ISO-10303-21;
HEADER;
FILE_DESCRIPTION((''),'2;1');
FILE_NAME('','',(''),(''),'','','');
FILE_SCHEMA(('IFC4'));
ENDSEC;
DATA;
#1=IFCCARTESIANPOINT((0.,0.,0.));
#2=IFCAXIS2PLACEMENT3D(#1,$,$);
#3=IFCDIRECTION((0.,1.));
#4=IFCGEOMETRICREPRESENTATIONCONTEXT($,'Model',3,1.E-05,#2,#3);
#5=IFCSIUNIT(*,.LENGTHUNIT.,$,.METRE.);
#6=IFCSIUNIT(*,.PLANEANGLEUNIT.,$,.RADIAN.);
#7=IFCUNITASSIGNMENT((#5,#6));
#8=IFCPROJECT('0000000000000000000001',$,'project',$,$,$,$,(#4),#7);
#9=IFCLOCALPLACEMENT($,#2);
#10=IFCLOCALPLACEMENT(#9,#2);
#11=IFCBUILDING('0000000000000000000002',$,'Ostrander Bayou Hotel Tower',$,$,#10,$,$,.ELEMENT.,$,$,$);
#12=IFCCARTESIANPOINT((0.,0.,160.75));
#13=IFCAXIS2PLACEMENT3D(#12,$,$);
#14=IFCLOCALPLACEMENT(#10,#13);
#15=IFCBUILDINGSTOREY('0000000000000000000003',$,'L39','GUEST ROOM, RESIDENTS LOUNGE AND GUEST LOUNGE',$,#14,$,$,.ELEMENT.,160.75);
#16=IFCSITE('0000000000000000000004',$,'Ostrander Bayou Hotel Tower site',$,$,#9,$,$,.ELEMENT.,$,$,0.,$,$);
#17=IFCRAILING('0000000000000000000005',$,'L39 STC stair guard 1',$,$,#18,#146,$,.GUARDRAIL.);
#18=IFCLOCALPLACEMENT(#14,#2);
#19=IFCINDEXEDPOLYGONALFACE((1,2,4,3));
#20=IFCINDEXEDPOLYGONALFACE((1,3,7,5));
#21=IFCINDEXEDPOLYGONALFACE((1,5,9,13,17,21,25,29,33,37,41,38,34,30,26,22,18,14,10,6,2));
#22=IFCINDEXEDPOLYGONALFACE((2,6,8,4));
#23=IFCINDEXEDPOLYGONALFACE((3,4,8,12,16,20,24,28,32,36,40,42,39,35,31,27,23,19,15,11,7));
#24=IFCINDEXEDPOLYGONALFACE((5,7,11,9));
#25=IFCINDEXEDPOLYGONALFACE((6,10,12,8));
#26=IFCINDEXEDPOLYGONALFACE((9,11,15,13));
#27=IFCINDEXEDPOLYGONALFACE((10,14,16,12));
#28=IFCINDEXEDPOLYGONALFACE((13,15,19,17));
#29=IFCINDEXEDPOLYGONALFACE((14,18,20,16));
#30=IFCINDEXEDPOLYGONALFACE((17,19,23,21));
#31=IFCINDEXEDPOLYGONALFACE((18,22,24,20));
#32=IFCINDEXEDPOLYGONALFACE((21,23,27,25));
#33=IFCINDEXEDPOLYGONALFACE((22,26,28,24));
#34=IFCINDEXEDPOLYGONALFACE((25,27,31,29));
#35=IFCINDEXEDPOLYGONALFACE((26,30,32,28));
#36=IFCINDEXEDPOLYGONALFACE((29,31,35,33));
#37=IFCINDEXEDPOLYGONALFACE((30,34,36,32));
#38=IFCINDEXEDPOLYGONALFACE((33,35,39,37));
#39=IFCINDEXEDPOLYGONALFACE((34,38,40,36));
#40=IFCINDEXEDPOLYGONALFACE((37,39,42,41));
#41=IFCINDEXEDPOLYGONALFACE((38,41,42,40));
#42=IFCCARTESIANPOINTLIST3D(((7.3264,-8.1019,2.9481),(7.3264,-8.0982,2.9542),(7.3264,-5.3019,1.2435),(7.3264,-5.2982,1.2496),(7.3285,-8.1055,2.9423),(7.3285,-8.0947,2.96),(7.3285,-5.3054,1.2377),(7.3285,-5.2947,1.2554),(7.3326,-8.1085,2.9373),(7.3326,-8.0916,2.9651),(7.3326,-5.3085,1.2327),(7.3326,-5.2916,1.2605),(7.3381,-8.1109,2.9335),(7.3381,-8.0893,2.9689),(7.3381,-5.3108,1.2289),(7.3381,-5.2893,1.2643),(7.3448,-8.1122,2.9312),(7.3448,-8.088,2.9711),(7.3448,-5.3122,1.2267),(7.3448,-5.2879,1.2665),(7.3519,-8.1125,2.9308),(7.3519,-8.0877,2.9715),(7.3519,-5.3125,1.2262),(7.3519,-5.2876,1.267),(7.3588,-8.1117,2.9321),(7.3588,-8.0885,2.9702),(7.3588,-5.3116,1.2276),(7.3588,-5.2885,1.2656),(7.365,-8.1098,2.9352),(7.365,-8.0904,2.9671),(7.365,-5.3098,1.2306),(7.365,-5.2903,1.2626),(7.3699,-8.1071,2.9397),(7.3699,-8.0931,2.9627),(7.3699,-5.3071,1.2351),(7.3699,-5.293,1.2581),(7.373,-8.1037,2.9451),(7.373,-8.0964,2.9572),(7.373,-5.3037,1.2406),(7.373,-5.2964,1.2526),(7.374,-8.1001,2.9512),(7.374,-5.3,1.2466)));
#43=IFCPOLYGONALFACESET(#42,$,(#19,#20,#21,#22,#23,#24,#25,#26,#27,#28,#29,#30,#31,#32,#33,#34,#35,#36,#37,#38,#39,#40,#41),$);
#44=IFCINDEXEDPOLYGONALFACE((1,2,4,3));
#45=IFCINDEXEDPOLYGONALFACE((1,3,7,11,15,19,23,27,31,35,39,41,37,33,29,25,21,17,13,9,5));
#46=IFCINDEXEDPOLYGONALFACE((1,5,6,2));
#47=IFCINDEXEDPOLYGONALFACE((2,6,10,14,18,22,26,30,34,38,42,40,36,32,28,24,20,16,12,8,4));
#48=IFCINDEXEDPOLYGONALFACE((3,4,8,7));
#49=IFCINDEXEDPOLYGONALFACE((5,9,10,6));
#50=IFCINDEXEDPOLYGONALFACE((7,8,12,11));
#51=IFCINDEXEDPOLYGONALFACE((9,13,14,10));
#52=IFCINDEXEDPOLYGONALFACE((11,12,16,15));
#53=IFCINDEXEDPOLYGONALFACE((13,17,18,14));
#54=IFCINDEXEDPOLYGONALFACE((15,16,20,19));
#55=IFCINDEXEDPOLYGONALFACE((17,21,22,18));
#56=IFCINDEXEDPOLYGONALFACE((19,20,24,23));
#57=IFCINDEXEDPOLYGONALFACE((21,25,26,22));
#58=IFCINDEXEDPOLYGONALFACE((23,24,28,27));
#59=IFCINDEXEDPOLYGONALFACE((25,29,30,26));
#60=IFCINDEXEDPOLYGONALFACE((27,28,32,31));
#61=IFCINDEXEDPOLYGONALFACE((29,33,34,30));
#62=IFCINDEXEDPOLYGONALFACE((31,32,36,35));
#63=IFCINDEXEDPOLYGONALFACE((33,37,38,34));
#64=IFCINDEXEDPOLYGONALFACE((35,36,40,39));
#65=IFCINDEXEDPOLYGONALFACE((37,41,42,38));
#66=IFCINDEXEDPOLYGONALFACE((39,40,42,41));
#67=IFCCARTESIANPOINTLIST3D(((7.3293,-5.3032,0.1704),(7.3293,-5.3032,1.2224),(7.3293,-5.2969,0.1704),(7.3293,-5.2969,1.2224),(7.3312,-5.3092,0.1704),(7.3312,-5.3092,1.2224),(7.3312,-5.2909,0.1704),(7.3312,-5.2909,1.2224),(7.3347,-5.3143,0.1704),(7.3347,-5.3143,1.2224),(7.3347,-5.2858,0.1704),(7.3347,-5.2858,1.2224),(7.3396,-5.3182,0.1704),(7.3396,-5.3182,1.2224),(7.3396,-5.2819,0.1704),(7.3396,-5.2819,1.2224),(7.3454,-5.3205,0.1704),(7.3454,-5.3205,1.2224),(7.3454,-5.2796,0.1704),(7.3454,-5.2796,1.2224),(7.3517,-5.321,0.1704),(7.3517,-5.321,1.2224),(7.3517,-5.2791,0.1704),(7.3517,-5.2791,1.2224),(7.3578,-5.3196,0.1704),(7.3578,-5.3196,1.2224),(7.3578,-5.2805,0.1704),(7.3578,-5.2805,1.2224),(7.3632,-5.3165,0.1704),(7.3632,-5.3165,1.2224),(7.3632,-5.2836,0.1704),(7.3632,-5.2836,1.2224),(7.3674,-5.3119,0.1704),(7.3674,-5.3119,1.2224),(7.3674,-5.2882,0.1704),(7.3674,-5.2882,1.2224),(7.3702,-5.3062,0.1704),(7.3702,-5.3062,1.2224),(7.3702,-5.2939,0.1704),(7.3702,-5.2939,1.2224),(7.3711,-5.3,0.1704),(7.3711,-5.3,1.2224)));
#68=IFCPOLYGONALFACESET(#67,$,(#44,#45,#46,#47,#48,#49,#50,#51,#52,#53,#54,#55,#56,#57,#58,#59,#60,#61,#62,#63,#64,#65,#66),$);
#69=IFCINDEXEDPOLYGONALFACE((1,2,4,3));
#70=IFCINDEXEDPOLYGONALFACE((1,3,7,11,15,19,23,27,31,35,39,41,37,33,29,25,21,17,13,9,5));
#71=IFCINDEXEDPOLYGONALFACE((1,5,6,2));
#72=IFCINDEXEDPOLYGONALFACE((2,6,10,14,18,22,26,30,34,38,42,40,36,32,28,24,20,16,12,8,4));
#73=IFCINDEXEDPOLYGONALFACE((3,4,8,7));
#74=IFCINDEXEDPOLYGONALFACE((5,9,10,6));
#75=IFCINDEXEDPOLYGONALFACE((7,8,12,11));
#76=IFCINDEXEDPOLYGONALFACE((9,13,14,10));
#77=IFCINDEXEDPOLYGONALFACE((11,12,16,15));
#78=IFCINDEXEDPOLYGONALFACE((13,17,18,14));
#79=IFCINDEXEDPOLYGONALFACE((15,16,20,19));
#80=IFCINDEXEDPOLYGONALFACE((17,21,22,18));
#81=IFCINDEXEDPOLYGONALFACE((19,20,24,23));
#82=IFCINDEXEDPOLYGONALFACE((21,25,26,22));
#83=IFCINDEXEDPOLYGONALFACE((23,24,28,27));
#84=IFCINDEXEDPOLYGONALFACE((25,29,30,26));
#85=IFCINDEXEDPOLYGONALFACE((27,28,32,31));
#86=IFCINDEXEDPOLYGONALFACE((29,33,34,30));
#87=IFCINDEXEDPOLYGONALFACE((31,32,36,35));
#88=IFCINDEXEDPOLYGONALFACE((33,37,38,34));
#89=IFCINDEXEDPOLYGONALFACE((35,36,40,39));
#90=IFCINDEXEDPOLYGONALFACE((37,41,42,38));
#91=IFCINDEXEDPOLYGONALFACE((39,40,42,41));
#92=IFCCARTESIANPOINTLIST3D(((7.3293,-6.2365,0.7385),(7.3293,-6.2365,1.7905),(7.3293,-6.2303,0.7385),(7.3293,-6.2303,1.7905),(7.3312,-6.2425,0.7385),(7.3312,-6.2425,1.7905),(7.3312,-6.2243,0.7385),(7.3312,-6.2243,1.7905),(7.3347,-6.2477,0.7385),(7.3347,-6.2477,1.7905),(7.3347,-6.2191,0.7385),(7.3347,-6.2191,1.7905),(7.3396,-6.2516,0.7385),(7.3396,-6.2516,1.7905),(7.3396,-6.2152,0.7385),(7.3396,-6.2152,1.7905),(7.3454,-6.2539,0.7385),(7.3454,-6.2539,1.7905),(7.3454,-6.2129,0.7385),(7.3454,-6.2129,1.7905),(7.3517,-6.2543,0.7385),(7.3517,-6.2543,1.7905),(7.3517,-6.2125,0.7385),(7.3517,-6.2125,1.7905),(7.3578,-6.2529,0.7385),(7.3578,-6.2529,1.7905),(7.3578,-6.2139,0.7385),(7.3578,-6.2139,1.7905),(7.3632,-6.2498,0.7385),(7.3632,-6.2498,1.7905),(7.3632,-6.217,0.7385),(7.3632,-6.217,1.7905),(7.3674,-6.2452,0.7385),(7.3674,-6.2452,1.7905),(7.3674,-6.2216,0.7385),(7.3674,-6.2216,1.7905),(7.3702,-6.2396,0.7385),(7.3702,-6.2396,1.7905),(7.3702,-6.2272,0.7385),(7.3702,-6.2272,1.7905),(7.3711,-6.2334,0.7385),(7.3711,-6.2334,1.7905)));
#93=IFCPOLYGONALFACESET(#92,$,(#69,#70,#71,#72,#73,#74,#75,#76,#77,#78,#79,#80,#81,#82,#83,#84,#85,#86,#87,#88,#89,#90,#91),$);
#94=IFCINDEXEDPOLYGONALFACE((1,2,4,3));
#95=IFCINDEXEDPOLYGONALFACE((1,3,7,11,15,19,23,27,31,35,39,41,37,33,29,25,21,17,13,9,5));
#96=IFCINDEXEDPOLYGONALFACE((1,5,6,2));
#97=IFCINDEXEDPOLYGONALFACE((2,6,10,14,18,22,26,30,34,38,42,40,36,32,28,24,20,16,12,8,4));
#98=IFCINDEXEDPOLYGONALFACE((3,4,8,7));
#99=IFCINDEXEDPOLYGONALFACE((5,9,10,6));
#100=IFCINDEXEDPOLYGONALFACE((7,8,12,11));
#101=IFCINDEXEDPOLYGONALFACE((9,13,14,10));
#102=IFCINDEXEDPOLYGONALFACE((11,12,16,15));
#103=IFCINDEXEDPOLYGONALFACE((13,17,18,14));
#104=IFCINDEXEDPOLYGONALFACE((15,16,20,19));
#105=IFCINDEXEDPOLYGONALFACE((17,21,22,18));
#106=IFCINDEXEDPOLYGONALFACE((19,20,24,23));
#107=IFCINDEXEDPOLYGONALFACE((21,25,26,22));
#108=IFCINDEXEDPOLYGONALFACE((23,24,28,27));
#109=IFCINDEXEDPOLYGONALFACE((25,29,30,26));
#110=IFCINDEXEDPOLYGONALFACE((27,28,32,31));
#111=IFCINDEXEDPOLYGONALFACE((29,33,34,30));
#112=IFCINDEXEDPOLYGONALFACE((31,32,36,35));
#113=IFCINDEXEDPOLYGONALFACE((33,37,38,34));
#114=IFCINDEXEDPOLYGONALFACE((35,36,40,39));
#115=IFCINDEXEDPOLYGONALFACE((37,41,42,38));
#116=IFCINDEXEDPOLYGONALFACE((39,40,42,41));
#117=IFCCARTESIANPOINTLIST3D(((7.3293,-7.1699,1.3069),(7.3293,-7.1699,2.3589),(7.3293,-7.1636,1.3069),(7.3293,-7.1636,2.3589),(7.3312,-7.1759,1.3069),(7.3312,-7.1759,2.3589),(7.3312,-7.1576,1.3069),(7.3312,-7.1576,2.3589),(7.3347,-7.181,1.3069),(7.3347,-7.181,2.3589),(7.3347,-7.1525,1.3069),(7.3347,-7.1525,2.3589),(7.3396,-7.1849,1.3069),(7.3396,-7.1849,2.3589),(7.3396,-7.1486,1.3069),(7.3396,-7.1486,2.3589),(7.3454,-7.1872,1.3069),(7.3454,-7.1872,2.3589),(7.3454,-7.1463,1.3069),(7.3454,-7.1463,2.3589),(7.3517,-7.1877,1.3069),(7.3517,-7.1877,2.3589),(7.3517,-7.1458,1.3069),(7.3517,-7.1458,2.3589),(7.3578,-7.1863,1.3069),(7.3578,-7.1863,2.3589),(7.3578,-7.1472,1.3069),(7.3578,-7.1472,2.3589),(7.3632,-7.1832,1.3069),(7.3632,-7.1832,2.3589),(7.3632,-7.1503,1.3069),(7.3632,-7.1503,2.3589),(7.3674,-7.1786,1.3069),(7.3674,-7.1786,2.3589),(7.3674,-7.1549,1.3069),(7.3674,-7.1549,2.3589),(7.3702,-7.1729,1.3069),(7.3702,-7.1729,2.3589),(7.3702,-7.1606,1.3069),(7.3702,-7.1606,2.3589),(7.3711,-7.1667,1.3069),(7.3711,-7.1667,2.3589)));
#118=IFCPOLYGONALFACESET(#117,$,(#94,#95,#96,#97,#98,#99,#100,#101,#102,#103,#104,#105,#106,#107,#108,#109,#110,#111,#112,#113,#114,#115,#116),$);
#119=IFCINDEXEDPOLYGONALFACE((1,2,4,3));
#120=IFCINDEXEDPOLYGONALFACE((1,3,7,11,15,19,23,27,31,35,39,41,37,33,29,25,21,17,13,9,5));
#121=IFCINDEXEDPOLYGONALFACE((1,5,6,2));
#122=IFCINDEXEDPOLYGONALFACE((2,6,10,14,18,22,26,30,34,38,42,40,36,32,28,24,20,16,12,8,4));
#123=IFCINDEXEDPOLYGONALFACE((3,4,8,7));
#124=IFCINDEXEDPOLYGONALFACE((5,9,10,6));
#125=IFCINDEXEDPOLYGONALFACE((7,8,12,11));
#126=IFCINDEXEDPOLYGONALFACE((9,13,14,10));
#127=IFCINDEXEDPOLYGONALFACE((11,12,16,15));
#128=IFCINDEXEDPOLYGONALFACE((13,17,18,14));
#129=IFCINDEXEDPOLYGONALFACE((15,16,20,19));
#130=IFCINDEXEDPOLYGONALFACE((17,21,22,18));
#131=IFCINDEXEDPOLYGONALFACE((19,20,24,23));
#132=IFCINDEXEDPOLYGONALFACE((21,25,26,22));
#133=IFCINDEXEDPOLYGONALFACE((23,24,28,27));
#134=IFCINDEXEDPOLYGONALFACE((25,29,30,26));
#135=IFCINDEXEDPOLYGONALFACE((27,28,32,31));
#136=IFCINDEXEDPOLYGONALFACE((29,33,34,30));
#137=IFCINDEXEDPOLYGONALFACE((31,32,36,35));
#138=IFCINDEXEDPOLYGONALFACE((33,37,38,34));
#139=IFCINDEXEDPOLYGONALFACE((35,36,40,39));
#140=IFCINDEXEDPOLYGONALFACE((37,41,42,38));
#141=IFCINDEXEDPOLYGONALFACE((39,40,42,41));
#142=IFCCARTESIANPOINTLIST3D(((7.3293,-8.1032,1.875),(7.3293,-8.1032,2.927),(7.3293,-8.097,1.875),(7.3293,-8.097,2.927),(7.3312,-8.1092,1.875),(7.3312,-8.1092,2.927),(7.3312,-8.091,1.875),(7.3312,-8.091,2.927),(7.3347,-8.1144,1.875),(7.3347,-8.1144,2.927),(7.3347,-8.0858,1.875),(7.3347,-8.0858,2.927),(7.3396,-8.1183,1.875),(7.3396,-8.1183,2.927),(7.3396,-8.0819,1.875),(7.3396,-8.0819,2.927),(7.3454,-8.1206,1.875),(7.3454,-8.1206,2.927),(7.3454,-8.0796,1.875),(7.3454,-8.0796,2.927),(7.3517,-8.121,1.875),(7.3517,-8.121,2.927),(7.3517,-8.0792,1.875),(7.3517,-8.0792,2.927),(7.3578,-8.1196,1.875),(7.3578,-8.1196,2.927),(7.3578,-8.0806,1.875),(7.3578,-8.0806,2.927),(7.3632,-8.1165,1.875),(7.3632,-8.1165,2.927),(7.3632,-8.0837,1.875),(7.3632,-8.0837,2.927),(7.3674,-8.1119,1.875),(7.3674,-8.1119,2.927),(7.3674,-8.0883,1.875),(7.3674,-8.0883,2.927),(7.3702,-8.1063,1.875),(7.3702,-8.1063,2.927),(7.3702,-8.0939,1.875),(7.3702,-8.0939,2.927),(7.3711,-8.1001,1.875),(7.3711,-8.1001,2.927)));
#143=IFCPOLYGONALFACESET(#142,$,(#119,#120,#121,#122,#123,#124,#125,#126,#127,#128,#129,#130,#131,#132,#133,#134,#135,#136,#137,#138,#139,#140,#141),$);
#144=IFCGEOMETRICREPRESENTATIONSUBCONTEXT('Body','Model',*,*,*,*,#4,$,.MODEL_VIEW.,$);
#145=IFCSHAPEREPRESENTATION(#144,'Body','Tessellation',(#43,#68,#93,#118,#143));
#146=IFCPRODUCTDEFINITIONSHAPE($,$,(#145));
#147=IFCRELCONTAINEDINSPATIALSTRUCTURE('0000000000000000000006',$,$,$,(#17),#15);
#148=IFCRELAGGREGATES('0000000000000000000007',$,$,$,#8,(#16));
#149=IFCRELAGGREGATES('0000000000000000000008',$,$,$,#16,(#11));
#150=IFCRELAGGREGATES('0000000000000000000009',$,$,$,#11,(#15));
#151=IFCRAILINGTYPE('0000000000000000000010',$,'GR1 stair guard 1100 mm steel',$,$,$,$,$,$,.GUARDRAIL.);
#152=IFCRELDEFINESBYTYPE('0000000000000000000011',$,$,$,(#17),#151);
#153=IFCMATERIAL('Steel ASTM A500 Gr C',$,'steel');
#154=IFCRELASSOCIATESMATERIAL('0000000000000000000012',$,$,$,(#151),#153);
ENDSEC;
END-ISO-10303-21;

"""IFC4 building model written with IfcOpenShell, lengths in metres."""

from ifc_helpers import new_model, si_unit, direction, frame, origin, origin_2d, place, context, subcontext, project, spatial, circle, extrude, material, type_object, element, save


model = new_model("IFC4")

# Units and contexts
model_context = context("Model", 3, precision=1e-05, world=origin(), true_north=direction((0.0, 1.0)))
body_context = subcontext(model_context, "Body", "Model", "MODEL_VIEW")
ifc_project = project(units=[si_unit("LENGTHUNIT", "METRE"), si_unit("PLANEANGLEUNIT", "RADIAN")], contexts=[model_context])

# Site, building, storey
site_placement = place(None, origin())
site = spatial("IfcSite", under=ifc_project, at=site_placement, Name="Ostrander Bayou Hotel Tower site", CompositionType="ELEMENT", RefElevation=0.0)
building_placement = place(site_placement, origin())
building = spatial("IfcBuilding", under=site, at=building_placement, Name="Ostrander Bayou Hotel Tower", CompositionType="ELEMENT")
storey_placement = place(building_placement, frame((0.0, 0.0, 160.75)))
storey = spatial("IfcBuildingStorey", under=building, at=storey_placement, Name="L39", Description="GUEST ROOM, RESIDENTS LOUNGE AND GUEST LOUNGE", CompositionType="ELEMENT", Elevation=160.75)

# Railing
ifc_material_1 = material(Name="Steel ASTM A500 Gr C", Category="steel")
railing_type_1 = type_object("IfcRailingType", Name="GR1 stair guard 1100 mm steel", PredefinedType="GUARDRAIL", material=ifc_material_1)
railing_1_placement = place(storey_placement, frame((7.3501, -5.3, 0.1704)))
element("IfcRailing", 1, at=railing_1_placement, inside=storey, type_object=railing_type_1, Name="L39 STC stair guard 1", PredefinedType="GUARDRAIL", context=body_context, shape_type="SweptSolid", body=[
    extrude(circle(Radius=0.0239, at=origin_2d()), frame((0.0, 0.0, 1.0762), z_axis=(0.0, -0.85417, 0.519994), x_axis=(1.0, 0.0, 0.0)), (0.0, 0.0, 1.0), 3.2781),
    extrude(circle(Radius=0.021, at=origin_2d()), origin(), (0.0, 0.0, 1.0), 1.052),
    extrude(circle(Radius=0.021, at=origin_2d()), frame((0.0, -0.9333, 0.5681)), (0.0, 0.0, 1.0), 1.052),
    extrude(circle(Radius=0.021, at=origin_2d()), frame((0.0, -1.8667, 1.1365)), (0.0, 0.0, 1.0), 1.052),
    extrude(circle(Radius=0.021, at=origin_2d()), frame((0.0, -2.8, 1.7046)), (0.0, 0.0, 1.0), 1.052),
])

save(model, "model.ifc")
